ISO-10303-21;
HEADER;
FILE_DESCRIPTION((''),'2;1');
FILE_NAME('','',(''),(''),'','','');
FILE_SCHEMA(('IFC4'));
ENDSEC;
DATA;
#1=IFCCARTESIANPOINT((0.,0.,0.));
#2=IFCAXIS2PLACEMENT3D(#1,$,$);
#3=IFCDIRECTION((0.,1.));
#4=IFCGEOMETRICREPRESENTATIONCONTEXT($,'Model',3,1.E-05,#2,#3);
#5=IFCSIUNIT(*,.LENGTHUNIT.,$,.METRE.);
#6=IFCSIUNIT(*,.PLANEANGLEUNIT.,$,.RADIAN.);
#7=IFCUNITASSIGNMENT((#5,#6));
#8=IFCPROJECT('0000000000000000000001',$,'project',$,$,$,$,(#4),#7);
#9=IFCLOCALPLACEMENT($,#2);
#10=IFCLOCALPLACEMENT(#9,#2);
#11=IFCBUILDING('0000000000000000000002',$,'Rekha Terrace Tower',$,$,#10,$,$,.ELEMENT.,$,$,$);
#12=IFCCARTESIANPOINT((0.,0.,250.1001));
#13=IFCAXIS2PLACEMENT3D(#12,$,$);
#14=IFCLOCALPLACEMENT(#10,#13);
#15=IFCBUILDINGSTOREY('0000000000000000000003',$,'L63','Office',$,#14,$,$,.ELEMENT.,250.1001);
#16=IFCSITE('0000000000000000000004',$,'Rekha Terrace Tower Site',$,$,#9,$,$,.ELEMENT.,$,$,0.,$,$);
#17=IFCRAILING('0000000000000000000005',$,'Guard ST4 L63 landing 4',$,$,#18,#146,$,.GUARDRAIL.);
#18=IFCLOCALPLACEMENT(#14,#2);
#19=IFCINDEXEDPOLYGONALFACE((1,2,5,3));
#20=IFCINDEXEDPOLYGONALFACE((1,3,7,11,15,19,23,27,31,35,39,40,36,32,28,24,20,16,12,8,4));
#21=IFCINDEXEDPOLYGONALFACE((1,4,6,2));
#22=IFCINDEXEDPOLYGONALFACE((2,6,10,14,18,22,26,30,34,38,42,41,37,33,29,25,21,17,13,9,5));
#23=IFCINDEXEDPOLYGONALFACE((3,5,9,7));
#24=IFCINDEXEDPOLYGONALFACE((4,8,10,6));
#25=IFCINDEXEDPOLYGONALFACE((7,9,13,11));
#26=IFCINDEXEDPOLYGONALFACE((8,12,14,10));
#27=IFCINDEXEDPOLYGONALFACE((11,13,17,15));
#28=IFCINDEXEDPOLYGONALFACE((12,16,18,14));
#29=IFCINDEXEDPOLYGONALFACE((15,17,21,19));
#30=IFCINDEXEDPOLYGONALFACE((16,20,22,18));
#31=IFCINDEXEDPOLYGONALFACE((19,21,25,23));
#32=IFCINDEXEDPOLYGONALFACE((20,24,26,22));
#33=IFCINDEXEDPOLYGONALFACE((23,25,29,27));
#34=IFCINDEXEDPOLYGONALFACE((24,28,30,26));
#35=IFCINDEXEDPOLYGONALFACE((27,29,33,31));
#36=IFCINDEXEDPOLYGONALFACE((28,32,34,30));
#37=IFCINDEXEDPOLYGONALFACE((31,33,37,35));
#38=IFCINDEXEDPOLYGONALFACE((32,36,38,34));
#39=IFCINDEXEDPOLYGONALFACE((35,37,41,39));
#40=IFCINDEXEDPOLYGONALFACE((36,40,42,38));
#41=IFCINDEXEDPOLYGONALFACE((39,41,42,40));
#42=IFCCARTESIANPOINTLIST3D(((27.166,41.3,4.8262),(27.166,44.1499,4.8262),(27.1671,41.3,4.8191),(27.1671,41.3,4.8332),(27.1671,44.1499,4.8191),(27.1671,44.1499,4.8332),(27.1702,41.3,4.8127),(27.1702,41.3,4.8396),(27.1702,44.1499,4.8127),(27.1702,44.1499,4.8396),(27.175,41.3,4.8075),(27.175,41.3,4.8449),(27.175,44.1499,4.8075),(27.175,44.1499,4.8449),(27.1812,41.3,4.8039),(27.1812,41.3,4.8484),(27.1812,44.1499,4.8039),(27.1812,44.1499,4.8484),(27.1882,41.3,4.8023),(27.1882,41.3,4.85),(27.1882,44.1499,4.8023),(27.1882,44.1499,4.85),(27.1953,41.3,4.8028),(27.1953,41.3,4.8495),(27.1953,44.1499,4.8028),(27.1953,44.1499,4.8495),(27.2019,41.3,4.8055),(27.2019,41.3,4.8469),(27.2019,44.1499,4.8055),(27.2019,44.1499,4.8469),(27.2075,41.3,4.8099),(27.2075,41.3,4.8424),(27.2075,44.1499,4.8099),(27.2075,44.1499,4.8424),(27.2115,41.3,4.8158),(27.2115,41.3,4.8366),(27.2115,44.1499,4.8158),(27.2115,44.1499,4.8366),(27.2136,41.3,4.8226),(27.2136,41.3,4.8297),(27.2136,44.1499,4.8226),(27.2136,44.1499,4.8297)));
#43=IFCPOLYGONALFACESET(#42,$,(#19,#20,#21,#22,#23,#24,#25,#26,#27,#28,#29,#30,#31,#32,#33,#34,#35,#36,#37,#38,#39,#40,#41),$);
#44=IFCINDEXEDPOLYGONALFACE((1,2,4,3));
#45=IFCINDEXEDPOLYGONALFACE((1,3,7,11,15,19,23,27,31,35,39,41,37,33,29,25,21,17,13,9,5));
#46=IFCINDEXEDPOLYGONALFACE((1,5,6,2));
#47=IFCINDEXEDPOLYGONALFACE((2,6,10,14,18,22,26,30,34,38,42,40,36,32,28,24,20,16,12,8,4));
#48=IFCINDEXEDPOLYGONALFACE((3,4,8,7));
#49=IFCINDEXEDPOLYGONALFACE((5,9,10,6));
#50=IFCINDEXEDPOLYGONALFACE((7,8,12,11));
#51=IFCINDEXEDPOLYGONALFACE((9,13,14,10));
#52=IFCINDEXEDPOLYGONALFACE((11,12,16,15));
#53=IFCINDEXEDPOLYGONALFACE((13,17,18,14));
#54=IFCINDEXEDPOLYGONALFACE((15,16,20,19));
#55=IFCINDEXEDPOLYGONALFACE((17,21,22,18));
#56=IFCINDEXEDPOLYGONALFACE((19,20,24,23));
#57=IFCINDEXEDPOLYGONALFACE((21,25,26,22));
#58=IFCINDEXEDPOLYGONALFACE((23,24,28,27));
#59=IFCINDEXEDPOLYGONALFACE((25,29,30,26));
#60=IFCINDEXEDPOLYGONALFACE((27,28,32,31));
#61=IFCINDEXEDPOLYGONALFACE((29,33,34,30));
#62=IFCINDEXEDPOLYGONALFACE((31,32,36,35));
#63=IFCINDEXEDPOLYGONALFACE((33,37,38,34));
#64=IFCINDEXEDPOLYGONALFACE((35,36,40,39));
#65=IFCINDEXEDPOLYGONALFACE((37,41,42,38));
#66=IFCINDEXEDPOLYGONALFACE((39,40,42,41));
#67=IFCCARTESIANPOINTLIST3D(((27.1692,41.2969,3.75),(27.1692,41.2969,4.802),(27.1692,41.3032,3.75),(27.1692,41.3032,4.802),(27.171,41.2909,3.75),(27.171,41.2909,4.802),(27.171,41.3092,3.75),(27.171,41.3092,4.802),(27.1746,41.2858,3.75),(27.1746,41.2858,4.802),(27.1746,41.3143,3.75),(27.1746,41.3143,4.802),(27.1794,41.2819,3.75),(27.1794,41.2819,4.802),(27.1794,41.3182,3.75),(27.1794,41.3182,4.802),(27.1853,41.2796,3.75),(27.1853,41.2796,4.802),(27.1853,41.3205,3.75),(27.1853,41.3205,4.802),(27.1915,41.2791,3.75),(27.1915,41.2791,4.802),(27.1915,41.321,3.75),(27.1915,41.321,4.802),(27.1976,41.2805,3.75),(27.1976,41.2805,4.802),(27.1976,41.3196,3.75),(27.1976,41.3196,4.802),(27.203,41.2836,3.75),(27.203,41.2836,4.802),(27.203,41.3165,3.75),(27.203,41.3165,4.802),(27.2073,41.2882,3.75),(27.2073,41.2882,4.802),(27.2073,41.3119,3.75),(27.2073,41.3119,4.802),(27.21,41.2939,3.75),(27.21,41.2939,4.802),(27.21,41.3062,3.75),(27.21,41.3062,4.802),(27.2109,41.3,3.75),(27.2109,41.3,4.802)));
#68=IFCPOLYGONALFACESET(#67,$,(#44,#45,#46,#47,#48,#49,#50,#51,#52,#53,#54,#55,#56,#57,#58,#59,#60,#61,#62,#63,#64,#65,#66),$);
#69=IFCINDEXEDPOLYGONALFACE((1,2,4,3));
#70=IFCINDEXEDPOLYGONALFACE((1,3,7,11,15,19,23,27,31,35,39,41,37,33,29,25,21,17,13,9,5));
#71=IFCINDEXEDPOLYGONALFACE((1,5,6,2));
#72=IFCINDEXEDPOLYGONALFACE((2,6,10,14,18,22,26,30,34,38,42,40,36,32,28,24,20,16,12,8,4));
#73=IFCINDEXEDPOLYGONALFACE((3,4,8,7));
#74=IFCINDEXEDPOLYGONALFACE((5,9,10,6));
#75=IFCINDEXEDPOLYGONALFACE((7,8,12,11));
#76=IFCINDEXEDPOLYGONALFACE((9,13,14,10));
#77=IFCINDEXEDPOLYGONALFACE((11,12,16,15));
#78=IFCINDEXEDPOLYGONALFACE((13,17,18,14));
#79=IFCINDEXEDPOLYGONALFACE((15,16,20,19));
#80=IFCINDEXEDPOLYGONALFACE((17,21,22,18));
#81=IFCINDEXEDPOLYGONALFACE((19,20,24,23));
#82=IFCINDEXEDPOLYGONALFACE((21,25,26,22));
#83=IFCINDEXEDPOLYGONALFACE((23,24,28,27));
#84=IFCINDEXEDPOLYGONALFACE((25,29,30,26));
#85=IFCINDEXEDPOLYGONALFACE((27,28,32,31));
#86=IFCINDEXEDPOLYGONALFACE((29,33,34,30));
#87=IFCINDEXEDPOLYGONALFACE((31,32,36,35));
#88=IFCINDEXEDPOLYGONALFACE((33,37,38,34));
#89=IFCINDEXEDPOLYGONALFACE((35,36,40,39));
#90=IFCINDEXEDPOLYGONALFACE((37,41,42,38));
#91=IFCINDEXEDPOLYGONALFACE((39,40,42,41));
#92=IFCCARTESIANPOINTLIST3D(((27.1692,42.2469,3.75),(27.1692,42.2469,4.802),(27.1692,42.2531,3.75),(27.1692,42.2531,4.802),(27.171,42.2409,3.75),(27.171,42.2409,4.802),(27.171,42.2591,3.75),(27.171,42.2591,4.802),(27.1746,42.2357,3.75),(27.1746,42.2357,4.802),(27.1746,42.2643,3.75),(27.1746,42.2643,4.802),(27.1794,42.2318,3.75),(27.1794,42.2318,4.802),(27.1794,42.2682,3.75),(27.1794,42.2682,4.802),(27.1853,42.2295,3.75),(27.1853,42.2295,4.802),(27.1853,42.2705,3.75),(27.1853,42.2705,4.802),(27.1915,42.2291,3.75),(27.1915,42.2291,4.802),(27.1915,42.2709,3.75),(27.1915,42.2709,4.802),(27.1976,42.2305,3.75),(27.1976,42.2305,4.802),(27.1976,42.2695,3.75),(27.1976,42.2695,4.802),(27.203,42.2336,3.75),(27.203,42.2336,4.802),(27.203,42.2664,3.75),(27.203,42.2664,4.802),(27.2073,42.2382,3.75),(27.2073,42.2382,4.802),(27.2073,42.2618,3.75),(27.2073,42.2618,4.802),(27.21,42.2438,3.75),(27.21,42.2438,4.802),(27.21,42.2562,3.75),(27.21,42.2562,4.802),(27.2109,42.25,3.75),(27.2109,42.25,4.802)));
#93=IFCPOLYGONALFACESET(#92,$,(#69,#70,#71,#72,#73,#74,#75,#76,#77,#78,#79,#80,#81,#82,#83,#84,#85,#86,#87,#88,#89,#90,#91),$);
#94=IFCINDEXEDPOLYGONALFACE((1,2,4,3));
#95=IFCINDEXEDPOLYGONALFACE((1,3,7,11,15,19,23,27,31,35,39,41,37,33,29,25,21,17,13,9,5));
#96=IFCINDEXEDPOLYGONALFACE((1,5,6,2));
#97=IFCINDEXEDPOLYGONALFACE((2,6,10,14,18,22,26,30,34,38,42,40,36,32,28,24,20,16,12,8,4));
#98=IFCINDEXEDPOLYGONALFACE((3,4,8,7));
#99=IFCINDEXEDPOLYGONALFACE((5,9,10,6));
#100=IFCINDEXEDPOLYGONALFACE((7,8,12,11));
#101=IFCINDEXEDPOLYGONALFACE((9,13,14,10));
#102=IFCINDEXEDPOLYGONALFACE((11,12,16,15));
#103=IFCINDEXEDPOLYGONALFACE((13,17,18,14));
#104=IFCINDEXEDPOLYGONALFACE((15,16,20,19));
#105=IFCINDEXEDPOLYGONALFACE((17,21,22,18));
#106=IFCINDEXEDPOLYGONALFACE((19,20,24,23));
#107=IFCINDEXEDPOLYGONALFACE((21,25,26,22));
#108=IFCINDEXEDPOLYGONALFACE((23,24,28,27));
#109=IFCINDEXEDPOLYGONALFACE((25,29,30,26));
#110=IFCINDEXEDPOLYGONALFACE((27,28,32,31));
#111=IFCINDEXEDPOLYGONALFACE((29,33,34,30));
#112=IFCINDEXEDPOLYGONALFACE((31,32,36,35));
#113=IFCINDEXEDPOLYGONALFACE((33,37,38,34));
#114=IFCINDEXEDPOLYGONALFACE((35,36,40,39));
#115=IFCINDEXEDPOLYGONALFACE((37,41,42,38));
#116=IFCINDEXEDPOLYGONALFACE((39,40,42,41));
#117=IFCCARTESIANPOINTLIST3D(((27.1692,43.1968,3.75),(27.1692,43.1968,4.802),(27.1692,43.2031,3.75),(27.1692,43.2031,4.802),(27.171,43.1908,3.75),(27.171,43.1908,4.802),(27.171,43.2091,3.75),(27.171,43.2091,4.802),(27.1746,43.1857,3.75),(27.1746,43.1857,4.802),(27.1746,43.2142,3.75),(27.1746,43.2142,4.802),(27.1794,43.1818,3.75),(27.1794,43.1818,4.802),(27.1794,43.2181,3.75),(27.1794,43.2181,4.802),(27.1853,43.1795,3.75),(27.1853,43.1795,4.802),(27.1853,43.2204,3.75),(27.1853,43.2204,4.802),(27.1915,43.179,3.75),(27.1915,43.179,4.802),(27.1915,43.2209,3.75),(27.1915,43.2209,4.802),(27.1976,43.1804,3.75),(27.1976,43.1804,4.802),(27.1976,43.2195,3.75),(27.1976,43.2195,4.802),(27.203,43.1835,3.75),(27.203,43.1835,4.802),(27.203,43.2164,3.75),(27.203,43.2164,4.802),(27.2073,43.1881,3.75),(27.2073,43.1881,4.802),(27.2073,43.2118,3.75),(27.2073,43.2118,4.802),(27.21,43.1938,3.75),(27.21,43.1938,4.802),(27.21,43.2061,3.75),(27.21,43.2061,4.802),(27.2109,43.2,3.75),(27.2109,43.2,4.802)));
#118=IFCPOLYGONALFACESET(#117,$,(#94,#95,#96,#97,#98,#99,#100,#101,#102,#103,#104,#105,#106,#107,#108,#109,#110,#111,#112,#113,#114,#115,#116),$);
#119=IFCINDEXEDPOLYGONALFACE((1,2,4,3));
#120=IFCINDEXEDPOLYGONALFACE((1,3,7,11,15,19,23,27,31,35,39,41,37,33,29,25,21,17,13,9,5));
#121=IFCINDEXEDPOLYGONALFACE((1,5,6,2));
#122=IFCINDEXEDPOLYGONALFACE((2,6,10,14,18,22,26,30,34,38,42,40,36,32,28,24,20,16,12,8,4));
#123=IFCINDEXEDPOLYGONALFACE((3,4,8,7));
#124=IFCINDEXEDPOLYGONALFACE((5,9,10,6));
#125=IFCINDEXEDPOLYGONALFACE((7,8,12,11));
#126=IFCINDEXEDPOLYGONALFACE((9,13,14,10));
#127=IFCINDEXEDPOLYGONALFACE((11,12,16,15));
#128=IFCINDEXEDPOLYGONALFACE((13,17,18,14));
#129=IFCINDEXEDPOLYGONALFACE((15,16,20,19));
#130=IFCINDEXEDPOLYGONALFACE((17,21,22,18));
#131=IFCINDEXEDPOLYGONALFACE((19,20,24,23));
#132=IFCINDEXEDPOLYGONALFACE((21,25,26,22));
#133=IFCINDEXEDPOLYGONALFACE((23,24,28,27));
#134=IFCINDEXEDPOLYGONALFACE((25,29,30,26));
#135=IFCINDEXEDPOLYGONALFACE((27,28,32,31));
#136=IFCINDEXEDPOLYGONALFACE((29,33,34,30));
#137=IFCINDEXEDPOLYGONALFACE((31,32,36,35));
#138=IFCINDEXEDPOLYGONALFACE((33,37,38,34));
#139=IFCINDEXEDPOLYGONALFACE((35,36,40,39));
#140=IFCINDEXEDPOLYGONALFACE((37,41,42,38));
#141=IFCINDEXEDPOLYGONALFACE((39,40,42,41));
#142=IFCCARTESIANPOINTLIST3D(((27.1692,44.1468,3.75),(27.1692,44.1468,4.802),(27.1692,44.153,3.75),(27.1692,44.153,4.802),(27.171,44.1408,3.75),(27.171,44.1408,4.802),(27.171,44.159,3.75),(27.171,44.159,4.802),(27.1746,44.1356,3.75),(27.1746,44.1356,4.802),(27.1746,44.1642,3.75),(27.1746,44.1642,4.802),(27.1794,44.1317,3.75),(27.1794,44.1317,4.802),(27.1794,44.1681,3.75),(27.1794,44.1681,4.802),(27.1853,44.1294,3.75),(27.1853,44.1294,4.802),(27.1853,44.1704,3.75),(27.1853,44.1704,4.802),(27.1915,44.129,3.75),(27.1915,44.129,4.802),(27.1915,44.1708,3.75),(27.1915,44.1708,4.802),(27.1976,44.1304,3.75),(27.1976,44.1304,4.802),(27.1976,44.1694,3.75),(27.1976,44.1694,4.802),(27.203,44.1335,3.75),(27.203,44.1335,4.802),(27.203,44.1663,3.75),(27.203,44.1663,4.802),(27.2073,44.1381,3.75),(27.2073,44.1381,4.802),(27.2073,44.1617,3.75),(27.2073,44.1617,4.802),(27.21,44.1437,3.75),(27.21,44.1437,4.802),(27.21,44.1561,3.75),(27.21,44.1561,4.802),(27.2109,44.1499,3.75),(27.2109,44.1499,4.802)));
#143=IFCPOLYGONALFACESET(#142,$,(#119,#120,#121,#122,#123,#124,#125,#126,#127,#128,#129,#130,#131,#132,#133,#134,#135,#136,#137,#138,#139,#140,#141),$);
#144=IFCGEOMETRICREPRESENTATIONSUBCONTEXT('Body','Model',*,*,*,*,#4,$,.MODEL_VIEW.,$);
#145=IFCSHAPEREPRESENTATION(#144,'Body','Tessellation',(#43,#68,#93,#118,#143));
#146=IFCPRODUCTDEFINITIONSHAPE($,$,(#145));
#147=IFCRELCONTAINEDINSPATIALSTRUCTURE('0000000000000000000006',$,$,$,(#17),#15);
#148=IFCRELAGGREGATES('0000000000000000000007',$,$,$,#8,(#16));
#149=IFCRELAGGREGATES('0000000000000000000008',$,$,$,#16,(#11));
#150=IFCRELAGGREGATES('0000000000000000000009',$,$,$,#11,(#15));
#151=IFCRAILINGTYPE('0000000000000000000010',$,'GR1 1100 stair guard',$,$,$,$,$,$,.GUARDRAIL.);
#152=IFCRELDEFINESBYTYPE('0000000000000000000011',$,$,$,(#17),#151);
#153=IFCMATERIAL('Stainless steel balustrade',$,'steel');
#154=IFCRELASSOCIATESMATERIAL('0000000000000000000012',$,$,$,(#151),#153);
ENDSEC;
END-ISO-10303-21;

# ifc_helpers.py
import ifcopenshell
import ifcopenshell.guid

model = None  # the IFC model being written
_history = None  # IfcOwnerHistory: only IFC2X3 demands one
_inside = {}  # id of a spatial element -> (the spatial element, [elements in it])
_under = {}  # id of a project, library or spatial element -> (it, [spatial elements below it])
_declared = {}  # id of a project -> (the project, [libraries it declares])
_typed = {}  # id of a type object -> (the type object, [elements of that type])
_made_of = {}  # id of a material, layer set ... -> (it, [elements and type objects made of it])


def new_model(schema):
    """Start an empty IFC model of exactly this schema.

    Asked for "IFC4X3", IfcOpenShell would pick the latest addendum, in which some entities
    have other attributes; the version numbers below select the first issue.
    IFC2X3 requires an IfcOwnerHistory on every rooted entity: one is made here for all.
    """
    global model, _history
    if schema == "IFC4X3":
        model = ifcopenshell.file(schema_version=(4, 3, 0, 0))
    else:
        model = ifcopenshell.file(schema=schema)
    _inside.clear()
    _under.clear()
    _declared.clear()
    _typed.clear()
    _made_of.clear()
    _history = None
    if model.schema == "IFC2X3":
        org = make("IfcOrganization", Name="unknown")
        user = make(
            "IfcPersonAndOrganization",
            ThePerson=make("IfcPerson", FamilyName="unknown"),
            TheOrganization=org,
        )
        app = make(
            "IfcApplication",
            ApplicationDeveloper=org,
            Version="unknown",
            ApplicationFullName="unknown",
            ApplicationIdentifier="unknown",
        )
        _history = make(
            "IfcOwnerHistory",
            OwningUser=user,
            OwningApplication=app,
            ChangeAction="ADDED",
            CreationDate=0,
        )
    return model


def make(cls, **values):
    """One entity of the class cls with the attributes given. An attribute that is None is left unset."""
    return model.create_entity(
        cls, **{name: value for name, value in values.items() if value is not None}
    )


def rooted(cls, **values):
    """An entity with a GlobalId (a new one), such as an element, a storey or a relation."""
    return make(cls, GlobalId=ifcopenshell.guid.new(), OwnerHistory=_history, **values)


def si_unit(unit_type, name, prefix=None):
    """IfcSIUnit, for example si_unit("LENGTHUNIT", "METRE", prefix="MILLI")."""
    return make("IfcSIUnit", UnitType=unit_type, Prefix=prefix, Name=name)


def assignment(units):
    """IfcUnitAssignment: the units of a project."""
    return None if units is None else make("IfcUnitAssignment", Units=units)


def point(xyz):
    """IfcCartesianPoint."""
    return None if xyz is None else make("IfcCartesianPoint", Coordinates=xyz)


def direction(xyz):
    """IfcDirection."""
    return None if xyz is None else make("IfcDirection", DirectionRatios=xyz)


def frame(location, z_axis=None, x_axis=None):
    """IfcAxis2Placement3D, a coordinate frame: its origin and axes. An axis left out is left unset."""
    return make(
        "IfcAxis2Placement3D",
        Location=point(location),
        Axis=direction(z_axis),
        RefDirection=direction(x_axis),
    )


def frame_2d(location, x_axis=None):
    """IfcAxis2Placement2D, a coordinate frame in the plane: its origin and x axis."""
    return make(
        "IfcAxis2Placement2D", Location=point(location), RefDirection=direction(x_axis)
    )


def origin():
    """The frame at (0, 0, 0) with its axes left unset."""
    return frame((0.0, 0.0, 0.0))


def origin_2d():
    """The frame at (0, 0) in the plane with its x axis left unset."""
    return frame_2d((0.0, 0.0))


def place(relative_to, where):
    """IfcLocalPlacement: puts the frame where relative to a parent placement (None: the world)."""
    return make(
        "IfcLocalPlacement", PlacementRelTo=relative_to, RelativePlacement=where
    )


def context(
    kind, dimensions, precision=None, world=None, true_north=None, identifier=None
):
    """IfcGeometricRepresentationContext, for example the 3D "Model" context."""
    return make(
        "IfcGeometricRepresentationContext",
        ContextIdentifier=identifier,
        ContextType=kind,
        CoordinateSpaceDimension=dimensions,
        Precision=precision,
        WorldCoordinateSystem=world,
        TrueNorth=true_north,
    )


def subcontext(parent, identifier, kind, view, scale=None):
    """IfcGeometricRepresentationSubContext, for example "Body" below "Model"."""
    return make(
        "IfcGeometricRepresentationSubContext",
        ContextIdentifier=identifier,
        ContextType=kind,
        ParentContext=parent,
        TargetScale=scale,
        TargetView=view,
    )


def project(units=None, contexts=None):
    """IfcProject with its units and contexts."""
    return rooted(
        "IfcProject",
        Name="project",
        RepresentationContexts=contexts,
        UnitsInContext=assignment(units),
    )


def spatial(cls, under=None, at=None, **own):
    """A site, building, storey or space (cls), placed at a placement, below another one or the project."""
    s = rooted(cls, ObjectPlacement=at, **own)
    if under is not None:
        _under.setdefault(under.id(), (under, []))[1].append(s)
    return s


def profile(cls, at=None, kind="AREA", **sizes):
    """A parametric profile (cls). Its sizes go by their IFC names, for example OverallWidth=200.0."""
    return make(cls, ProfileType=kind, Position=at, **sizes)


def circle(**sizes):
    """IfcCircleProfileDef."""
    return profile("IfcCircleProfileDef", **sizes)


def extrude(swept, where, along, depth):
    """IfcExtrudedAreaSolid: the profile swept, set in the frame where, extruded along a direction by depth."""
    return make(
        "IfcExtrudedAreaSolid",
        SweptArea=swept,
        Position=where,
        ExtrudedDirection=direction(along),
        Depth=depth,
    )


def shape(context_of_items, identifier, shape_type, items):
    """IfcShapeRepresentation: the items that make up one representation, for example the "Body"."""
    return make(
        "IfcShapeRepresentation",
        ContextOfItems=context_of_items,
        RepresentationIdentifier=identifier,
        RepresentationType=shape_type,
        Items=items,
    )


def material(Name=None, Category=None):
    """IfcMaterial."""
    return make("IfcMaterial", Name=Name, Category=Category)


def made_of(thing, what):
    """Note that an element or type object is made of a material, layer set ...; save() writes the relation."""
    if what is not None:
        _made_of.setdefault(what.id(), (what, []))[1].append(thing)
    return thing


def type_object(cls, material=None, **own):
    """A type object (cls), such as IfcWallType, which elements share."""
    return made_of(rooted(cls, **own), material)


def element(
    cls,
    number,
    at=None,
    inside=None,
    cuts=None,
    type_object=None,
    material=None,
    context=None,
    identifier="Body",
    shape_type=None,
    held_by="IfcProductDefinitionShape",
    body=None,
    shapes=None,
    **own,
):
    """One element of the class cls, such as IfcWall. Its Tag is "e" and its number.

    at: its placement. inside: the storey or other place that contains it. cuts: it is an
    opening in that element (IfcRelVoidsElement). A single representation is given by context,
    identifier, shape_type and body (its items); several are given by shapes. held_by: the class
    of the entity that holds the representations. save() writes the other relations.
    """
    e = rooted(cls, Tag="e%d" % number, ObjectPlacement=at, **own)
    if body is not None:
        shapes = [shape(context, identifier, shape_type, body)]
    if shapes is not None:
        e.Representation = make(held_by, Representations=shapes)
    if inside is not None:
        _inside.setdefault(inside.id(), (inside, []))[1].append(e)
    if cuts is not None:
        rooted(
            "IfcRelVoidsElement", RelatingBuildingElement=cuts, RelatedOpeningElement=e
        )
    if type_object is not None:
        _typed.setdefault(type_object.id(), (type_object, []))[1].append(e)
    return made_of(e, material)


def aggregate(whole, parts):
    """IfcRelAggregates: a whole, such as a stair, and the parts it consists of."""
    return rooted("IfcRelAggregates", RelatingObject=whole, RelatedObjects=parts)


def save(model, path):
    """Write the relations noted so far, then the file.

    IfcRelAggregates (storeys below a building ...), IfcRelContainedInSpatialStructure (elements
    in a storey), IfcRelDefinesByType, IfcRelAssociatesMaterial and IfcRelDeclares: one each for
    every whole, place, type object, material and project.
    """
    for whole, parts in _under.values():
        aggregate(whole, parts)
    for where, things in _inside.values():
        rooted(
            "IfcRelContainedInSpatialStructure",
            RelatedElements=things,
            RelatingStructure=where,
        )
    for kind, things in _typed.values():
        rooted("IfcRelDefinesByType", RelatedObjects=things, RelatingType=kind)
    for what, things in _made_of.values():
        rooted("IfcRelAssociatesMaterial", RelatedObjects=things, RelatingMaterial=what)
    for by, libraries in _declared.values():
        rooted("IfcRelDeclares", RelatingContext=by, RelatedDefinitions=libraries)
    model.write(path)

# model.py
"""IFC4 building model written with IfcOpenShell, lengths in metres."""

from ifc_helpers import new_model, si_unit, direction, frame, origin, origin_2d, place, context, subcontext, project, spatial, circle, extrude, material, type_object, element, save


model = new_model("IFC4")

# Units and contexts
model_context = context("Model", 3, precision=1e-05, world=origin(), true_north=direction((0.0, 1.0)))
body_context = subcontext(model_context, "Body", "Model", "MODEL_VIEW")
ifc_project = project(units=[si_unit("LENGTHUNIT", "METRE"), si_unit("PLANEANGLEUNIT", "RADIAN")], contexts=[model_context])

# Site, building, storey
site_placement = place(None, origin())
site = spatial("IfcSite", under=ifc_project, at=site_placement, Name="Rekha Terrace Tower Site", CompositionType="ELEMENT", RefElevation=0.0)
building_placement = place(site_placement, origin())
building = spatial("IfcBuilding", under=site, at=building_placement, Name="Rekha Terrace Tower", CompositionType="ELEMENT")
storey_placement = place(building_placement, frame((0.0, 0.0, 250.1001)))
storey = spatial("IfcBuildingStorey", under=building, at=storey_placement, Name="L63", Description="Office", CompositionType="ELEMENT", Elevation=250.1001)

# Railing
ifc_material_1 = material(Name="Stainless steel balustrade", Category="steel")
railing_type_1 = type_object("IfcRailingType", Name="GR1 1100 stair guard", PredefinedType="GUARDRAIL", material=ifc_material_1)
railing_1_placement = place(storey_placement, frame((27.1899, 41.3, 3.75)))
element("IfcRailing", 1, at=railing_1_placement, inside=storey, type_object=railing_type_1, Name="Guard ST4 L63 landing 4", PredefinedType="GUARDRAIL", context=body_context, shape_type="SweptSolid", body=[
    extrude(circle(Radius=0.0239, at=origin_2d()), frame((0.0, 0.0, 1.0762), z_axis=(0.0, 1.0, 0.0), x_axis=(-1.0, 0.0, 0.0)), (0.0, 0.0, 1.0), 2.8499),
    extrude(circle(Radius=0.021, at=origin_2d()), origin(), (0.0, 0.0, 1.0), 1.052),
    extrude(circle(Radius=0.021, at=origin_2d()), frame((0.0, 0.95, 0.0)), (0.0, 0.0, 1.0), 1.052),
    extrude(circle(Radius=0.021, at=origin_2d()), frame((0.0, 1.8999, 0.0)), (0.0, 0.0, 1.0), 1.052),
    extrude(circle(Radius=0.021, at=origin_2d()), frame((0.0, 2.8499, 0.0)), (0.0, 0.0, 1.0), 1.052),
])

save(model, "model.ifc")
